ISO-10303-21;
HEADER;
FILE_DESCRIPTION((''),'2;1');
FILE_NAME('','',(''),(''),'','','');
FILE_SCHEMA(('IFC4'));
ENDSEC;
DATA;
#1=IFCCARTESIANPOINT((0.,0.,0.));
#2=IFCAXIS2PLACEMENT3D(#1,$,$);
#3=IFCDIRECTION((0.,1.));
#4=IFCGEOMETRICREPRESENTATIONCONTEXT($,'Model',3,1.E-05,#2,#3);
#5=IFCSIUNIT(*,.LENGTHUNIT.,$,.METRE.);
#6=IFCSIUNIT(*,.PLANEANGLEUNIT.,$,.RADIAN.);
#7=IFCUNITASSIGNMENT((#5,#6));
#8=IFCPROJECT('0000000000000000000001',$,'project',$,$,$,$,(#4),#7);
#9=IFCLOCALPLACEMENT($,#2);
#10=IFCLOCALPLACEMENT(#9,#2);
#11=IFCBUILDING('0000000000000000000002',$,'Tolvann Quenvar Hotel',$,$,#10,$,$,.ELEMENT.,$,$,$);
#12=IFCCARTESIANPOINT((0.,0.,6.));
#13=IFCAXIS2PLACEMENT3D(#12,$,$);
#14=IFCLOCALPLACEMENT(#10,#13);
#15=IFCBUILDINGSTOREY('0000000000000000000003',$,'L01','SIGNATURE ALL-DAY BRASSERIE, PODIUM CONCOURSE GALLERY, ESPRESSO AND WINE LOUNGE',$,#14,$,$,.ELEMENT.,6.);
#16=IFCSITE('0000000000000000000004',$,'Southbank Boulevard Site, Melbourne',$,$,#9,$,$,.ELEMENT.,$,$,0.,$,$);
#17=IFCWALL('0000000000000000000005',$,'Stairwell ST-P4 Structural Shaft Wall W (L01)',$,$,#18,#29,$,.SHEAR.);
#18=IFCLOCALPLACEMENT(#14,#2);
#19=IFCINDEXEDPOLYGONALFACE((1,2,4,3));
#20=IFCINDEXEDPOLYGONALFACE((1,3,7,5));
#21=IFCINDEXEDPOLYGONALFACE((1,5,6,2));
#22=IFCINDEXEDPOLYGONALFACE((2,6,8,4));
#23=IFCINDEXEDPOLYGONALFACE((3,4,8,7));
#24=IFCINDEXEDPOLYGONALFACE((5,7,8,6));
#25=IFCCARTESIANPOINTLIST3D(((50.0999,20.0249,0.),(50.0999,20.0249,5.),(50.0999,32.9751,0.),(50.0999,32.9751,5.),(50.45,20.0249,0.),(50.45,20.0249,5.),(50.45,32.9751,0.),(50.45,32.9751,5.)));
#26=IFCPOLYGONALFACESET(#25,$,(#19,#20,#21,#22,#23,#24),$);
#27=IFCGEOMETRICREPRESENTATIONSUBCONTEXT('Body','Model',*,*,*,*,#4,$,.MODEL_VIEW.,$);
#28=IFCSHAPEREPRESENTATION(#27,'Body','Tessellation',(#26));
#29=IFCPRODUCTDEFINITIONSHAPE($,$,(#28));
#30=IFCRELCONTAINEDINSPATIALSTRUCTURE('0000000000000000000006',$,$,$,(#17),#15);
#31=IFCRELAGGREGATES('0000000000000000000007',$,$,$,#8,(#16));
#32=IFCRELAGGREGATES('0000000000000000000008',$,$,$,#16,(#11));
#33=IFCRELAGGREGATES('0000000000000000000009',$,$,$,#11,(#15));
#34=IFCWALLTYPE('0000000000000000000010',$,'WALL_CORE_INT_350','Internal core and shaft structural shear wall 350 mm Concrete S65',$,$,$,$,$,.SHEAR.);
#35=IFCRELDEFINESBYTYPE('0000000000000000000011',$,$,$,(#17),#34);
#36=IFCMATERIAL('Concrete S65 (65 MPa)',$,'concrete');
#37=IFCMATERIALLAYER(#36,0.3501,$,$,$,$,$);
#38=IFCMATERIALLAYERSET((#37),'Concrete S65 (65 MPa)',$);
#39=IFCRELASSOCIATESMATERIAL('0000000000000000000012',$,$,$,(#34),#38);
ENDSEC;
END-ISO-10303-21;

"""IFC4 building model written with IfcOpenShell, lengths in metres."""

from ifc_helpers import new_model, si_unit, direction, frame, frame_2d, origin, place, context, subcontext, project, spatial, rectangle, extrude, material, layer, layer_set, type_object, element, save


model = new_model("IFC4")

# Units and contexts
model_context = context("Model", 3, precision=1e-05, world=origin(), true_north=direction((0.0, 1.0)))
body_context = subcontext(model_context, "Body", "Model", "MODEL_VIEW")
ifc_project = project(units=[si_unit("LENGTHUNIT", "METRE"), si_unit("PLANEANGLEUNIT", "RADIAN")], contexts=[model_context])

# Site, building, storey
site_placement = place(None, origin())
site = spatial("IfcSite", under=ifc_project, at=site_placement, Name="Southbank Boulevard Site, Melbourne", CompositionType="ELEMENT", RefElevation=0.0)
building_placement = place(site_placement, origin())
building = spatial("IfcBuilding", under=site, at=building_placement, Name="Tolvann Quenvar Hotel", CompositionType="ELEMENT")
storey_placement = place(building_placement, frame((0.0, 0.0, 6.0)))
storey = spatial("IfcBuildingStorey", under=building, at=storey_placement, Name="L01", Description="SIGNATURE ALL-DAY BRASSERIE, PODIUM CONCOURSE GALLERY, ESPRESSO AND WINE LOUNGE", CompositionType="ELEMENT", Elevation=6.0)

# Shared definitions
ifc_material_1 = material(Name="Concrete S65 (65 MPa)", Category="concrete")

# Wall
ifc_layer_1 = layer(ifc_material_1, 0.3501)
ifc_layer_set_1 = layer_set([ifc_layer_1], Name="Concrete S65 (65 MPa)")
wall_type_1 = type_object("IfcWallType", Name="WALL_CORE_INT_350", Description="Internal core and shaft structural shear wall 350 mm Concrete S65", PredefinedType="SHEAR", material=ifc_layer_set_1)
wall_1_placement = place(storey_placement, frame((50.2749, 32.9751, 0.0), z_axis=(0.0, 0.0, 1.0), x_axis=(0.0, -1.0, 0.0)))
element("IfcWall", 1, at=wall_1_placement, inside=storey, type_object=wall_type_1, Name="Stairwell ST-P4 Structural Shaft Wall W (L01)", PredefinedType="SHEAR", context=body_context, shape_type="SweptSolid", body=[
    extrude(rectangle(XDim=12.9502, YDim=0.3501, at=frame_2d((6.4751, 0.0))), origin(), (0.0, 0.0, 1.0), 5.0),
])

save(model, "model.ifc")
